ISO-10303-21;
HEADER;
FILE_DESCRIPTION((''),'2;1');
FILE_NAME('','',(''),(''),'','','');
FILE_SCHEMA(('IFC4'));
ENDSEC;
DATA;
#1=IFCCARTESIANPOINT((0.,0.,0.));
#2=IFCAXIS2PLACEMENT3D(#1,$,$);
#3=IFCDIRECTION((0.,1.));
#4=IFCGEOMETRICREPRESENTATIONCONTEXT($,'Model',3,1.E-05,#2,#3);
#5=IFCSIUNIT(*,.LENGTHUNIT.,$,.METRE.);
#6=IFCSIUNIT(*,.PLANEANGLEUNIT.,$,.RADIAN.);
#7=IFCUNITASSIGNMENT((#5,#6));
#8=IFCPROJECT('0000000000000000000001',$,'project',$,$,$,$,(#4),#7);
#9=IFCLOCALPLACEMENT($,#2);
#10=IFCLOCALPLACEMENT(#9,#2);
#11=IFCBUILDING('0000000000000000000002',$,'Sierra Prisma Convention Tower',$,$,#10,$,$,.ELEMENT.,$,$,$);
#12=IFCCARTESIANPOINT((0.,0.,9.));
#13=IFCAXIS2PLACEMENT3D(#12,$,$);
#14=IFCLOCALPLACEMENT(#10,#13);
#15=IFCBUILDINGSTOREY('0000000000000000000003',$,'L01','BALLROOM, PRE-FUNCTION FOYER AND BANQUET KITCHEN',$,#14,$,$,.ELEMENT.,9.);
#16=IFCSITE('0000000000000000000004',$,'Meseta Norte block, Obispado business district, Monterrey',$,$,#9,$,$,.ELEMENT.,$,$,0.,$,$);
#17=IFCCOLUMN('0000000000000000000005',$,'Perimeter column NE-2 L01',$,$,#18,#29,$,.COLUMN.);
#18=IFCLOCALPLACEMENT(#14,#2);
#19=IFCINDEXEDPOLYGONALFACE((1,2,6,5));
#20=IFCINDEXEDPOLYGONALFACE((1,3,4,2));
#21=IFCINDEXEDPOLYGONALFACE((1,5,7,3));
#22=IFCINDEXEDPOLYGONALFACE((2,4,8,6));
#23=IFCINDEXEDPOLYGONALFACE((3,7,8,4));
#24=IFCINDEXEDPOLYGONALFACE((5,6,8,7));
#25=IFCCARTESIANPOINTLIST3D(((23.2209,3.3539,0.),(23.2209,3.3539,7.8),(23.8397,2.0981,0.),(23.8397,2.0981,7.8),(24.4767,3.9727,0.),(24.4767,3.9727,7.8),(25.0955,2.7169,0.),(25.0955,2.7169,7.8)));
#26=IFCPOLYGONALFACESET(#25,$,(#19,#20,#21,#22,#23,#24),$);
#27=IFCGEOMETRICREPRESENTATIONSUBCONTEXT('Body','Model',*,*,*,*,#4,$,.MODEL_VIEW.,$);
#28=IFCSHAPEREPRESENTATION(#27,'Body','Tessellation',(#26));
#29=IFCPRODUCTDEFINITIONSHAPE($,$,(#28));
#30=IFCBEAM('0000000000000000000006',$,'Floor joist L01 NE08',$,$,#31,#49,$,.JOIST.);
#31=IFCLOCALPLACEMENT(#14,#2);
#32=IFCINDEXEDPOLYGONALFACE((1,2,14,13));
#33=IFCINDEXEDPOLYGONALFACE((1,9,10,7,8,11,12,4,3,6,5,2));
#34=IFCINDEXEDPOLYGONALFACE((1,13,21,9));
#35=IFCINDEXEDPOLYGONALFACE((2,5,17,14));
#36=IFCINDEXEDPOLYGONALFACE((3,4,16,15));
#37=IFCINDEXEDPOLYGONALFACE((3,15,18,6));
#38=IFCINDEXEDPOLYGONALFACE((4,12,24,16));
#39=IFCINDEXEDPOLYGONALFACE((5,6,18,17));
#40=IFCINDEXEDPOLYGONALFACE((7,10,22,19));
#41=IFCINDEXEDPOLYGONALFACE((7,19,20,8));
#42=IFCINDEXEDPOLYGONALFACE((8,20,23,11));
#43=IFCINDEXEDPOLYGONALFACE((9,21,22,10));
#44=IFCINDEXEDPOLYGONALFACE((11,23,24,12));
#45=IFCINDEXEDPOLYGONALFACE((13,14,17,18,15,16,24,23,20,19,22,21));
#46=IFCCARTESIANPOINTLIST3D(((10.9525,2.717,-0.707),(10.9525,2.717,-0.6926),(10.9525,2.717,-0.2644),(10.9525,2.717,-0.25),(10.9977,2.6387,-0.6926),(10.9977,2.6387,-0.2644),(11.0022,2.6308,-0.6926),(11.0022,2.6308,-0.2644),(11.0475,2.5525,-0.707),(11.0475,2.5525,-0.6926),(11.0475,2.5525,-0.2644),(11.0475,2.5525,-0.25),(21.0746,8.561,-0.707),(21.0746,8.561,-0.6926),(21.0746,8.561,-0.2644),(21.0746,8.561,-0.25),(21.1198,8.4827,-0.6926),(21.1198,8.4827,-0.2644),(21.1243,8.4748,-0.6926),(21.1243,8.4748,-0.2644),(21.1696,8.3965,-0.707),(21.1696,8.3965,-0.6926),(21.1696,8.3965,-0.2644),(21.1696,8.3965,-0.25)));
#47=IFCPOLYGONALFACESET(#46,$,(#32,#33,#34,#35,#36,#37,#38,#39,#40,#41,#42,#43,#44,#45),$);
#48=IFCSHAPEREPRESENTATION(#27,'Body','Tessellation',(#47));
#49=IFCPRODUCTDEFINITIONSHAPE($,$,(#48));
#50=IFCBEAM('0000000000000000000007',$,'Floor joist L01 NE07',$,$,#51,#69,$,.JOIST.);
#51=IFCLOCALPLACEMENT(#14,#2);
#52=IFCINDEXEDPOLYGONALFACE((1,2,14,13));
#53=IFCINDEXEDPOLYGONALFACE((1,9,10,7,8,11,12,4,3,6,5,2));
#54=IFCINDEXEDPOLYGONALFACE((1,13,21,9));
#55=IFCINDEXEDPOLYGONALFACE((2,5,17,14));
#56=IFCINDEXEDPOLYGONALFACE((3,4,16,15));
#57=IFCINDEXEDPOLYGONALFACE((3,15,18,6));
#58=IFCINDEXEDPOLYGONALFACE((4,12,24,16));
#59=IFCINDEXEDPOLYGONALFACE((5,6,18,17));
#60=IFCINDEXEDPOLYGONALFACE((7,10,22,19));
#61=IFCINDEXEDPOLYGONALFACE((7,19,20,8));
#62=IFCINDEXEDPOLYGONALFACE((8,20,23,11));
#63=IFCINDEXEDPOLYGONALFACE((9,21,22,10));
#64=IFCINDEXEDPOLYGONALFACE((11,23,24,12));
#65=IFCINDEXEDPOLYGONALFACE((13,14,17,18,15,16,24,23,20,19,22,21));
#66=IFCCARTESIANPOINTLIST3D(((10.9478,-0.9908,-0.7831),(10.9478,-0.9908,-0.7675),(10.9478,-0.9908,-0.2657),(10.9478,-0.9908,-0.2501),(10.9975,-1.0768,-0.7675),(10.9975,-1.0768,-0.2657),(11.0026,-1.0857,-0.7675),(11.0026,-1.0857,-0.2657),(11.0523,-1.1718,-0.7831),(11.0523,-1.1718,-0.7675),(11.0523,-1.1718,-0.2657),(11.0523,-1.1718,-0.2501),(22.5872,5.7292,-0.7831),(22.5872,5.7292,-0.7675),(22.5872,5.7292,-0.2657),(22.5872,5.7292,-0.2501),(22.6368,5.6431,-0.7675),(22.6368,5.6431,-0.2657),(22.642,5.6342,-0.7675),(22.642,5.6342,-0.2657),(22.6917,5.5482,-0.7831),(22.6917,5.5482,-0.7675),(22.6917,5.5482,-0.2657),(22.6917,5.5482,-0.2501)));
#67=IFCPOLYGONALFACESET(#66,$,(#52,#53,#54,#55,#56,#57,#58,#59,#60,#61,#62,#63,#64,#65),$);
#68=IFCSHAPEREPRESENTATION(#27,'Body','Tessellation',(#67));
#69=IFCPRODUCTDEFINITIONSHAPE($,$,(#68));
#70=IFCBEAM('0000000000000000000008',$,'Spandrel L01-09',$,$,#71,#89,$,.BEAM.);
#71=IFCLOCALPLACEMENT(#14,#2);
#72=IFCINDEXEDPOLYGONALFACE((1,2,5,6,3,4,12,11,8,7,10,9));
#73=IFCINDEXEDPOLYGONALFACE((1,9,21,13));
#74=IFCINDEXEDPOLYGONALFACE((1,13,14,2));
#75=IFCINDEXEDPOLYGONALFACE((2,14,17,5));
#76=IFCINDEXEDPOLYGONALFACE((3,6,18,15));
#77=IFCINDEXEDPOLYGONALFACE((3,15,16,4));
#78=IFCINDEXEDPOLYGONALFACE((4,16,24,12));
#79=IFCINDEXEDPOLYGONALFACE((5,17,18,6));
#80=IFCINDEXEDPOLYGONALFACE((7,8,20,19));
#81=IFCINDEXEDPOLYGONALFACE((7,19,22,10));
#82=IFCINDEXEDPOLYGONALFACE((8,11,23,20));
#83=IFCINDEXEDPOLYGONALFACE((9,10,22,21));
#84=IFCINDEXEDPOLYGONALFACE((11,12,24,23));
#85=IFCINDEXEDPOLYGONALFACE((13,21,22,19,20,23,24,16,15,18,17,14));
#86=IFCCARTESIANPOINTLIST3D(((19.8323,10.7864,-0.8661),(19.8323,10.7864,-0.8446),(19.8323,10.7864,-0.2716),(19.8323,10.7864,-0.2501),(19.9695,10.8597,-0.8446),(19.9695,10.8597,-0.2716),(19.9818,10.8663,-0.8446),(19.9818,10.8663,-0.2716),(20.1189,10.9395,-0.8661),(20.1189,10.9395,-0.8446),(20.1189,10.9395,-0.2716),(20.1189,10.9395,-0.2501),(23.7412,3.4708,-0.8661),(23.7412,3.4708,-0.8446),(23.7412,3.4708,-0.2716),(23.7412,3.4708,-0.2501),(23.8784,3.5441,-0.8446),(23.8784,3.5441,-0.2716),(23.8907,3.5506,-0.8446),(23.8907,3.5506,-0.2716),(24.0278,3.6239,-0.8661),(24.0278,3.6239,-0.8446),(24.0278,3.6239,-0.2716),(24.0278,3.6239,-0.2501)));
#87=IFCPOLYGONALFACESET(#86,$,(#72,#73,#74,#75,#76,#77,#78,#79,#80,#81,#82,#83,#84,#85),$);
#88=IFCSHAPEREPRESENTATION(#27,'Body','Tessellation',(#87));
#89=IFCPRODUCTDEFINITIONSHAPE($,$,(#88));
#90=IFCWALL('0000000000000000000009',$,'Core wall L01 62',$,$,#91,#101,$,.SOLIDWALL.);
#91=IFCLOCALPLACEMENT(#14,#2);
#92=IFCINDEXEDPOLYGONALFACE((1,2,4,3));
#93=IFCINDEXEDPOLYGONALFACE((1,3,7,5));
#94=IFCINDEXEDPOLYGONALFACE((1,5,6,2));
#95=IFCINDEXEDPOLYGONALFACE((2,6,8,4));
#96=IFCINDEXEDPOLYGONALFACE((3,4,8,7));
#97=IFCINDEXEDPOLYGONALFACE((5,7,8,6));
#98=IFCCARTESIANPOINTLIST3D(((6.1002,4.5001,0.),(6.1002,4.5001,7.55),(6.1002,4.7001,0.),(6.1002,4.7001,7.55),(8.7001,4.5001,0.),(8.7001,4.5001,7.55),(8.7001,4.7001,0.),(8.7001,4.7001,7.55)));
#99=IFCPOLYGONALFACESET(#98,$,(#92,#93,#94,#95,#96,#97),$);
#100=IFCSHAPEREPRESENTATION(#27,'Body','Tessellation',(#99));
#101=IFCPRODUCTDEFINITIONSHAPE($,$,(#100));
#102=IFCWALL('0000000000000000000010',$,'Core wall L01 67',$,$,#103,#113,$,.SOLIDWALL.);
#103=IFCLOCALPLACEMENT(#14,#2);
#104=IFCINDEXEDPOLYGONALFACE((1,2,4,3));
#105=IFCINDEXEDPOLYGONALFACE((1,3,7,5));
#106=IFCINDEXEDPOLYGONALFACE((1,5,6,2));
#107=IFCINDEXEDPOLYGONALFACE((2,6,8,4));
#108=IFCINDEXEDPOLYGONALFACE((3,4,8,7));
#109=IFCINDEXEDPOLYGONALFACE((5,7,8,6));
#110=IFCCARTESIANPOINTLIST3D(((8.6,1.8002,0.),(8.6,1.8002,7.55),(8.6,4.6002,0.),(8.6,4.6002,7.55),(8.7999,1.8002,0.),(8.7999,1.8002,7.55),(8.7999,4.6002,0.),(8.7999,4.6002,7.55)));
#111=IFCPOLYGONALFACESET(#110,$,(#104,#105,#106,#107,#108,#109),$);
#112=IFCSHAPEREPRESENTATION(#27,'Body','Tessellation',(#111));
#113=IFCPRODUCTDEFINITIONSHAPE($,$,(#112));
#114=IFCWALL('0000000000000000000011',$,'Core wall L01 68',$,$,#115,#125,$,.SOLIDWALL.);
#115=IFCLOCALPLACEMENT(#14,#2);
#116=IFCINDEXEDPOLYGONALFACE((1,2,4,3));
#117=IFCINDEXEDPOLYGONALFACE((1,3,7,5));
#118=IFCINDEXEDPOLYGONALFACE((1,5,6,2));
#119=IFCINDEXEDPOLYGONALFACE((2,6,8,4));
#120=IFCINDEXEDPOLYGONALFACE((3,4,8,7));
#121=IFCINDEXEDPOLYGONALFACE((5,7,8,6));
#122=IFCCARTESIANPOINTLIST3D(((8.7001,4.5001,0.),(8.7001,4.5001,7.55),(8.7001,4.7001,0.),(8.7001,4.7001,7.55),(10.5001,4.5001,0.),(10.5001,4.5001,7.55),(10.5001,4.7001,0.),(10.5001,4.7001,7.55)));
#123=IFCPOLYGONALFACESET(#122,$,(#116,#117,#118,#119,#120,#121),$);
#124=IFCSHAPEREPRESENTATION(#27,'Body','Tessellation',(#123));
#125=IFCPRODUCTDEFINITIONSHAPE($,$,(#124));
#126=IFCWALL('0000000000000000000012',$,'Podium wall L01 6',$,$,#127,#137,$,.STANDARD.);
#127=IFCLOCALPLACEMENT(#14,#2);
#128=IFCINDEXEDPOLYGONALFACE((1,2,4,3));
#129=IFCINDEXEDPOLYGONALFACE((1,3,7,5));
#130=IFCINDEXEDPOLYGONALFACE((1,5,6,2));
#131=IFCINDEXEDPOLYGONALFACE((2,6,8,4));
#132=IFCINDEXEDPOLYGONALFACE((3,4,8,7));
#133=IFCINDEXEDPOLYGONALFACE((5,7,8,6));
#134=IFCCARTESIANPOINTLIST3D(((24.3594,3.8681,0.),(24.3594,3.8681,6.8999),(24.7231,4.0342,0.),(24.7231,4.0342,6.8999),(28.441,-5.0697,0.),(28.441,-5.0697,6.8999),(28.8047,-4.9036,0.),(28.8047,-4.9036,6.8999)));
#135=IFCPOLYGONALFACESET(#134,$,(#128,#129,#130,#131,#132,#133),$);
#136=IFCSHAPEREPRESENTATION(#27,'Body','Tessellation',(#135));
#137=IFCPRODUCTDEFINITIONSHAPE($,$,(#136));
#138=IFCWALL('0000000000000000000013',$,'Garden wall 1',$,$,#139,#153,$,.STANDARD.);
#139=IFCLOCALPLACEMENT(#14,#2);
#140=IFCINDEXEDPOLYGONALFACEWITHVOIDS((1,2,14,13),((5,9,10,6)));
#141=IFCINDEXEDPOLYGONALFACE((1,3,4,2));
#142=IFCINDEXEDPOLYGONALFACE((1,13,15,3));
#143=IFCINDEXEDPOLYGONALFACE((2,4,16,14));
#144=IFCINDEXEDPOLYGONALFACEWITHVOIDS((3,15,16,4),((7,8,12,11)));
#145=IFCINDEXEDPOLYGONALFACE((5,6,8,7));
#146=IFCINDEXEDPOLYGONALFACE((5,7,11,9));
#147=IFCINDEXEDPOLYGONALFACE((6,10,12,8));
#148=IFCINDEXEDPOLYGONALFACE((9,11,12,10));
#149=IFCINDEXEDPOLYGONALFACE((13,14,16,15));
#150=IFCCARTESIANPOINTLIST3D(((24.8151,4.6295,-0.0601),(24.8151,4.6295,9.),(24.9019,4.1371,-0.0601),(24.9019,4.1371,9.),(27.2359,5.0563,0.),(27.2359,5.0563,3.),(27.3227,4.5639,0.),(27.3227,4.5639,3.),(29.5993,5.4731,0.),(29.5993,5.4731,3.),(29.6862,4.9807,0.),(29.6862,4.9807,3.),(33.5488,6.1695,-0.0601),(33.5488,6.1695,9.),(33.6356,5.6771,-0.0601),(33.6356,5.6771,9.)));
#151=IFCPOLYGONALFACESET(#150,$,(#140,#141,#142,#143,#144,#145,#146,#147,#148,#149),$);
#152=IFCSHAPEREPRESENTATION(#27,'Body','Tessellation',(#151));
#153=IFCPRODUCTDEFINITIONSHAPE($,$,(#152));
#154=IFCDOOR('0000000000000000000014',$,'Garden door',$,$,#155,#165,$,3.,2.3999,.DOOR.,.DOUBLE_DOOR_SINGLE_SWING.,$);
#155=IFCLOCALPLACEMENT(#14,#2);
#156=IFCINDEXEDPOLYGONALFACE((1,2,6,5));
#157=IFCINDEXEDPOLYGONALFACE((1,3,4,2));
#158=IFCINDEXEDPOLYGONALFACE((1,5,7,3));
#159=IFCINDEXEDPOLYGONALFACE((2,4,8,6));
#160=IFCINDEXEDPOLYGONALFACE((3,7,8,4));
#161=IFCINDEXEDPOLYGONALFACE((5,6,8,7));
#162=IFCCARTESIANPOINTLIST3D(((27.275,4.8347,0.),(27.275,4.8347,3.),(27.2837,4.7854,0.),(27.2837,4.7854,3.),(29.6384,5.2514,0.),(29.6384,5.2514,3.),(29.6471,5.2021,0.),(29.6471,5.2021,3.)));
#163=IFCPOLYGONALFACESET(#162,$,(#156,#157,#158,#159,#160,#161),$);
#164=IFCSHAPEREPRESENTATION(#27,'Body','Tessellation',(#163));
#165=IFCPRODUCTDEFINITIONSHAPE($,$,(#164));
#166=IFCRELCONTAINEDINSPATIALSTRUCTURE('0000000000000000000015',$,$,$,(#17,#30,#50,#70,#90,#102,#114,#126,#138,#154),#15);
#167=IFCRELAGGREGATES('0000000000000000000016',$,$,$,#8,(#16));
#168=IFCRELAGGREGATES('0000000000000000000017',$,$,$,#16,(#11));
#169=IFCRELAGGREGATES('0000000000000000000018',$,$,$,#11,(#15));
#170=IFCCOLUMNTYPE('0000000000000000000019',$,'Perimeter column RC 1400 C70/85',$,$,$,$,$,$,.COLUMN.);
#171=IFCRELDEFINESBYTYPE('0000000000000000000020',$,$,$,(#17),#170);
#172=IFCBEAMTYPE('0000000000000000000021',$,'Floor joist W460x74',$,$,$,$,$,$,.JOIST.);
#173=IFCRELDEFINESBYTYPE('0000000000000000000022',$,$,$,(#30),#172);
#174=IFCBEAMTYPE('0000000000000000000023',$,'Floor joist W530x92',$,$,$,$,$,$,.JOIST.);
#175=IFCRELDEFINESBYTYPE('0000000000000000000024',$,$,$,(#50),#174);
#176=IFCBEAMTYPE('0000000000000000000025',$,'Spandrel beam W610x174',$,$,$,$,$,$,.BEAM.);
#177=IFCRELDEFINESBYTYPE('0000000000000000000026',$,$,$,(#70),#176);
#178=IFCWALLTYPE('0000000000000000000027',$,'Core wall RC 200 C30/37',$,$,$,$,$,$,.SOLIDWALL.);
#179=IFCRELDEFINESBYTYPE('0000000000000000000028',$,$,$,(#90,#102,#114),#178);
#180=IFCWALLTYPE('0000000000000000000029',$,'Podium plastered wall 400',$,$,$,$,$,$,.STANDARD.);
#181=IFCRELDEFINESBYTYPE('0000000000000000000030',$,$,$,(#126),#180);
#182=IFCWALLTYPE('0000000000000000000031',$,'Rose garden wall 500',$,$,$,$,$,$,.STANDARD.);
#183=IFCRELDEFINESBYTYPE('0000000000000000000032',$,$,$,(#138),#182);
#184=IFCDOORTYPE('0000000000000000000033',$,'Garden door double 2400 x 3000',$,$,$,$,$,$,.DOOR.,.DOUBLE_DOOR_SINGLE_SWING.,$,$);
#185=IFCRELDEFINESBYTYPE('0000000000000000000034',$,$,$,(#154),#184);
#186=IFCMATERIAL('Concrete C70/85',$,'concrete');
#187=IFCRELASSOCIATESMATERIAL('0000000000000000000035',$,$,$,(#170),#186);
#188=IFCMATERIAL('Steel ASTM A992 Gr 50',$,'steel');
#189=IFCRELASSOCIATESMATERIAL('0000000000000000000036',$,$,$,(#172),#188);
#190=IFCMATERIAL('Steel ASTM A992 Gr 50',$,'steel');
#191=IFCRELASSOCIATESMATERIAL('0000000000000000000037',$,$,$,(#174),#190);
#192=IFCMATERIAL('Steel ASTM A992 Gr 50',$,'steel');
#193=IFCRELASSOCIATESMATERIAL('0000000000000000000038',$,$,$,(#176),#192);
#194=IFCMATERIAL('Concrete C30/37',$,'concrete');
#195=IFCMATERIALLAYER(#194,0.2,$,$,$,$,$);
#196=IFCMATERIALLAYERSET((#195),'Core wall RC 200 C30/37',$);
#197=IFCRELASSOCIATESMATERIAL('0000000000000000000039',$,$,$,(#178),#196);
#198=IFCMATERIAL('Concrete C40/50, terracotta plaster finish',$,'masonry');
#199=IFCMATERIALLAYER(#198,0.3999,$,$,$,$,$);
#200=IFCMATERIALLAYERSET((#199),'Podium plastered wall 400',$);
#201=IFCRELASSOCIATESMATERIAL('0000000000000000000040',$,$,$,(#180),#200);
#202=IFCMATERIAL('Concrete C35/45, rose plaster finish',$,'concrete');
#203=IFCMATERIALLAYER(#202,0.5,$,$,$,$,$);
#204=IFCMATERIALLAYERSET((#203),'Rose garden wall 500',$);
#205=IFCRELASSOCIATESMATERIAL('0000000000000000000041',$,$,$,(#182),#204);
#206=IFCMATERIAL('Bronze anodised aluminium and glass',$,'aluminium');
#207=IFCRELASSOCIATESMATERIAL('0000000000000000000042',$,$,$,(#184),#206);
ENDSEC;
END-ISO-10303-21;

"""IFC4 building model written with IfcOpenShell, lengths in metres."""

from ifc_helpers import new_model, si_unit, direction, frame, frame_2d, origin, origin_2d, place, context, subcontext, project, spatial, rectangle, i_section, extrude, material, layer, layer_set, material_profile, profile_set, type_object, element, fill, save


model = new_model("IFC4")

# Units and contexts
model_context = context("Model", 3, precision=1e-05, world=origin(), true_north=direction((0.0, 1.0)))
body_context = subcontext(model_context, "Body", "Model", "MODEL_VIEW")
ifc_project = project(units=[si_unit("LENGTHUNIT", "METRE"), si_unit("PLANEANGLEUNIT", "RADIAN")], contexts=[model_context])

# Site, building, storey
site_placement = place(None, origin())
site = spatial("IfcSite", under=ifc_project, at=site_placement, Name="Meseta Norte block, Obispado business district, Monterrey", CompositionType="ELEMENT", RefElevation=0.0)
building_placement = place(site_placement, origin())
building = spatial("IfcBuilding", under=site, at=building_placement, Name="Sierra Prisma Convention Tower", CompositionType="ELEMENT")
storey_placement = place(building_placement, frame((0.0, 0.0, 9.0)))
storey = spatial("IfcBuildingStorey", under=building, at=storey_placement, Name="L01", Description="BALLROOM, PRE-FUNCTION FOYER AND BANQUET KITCHEN", CompositionType="ELEMENT", Elevation=9.0)

# Column
ifc_material_1 = material(Name="Concrete C70/85", Category="concrete")
ifc_material_profile_1 = material_profile(ifc_material_1, rectangle(XDim=1.3999, YDim=1.3999, at=origin_2d()), Name="Perimeter column RC 1400 C70/85")
ifc_profile_set_1 = profile_set([ifc_material_profile_1], Name="Concrete C70/85")
column_type = type_object("IfcColumnType", Name="Perimeter column RC 1400 C70/85", PredefinedType="COLUMN", material=ifc_profile_set_1)
column_placement = place(storey_placement, frame((24.1582, 3.0354, 0.0), z_axis=(0.0, 0.0, 1.0), x_axis=(-0.442023, 0.897004, 0.0)))
element("IfcColumn", 1, at=column_placement, inside=storey, type_object=column_type, Name="Perimeter column NE-2 L01", PredefinedType="COLUMN", context=body_context, shape_type="SweptSolid", body=[
    extrude(rectangle(XDim=1.3999, YDim=1.3999, at=origin_2d()), origin(), (0.0, 0.0, 1.0), 7.8),
])

# Beams
ifc_material_2 = material(Name="Steel ASTM A992 Gr 50", Category="steel")
ifc_material_profile_2 = material_profile(ifc_material_2, i_section(OverallWidth=0.1899, OverallDepth=0.457, WebThickness=0.009, FlangeThickness=0.0144, at=origin_2d()), Name="W460x74")
ifc_profile_set_2 = profile_set([ifc_material_profile_2], Name="Steel ASTM A992 Gr 50")
beam_type_1 = type_object("IfcBeamType", Name="Floor joist W460x74", PredefinedType="JOIST", material=ifc_profile_set_2)
beam_1_placement = place(storey_placement, frame((21.1221, 8.4788, -0.4785), z_axis=(-0.866025, -0.500001, 0.0), x_axis=(0.500001, -0.866025, 0.0)))
element("IfcBeam", 2, at=beam_1_placement, inside=storey, type_object=beam_type_1, Name="Floor joist L01 NE08", PredefinedType="JOIST", context=body_context, shape_type="SweptSolid", body=[
    extrude(i_section(OverallWidth=0.1899, OverallDepth=0.457, WebThickness=0.009, FlangeThickness=0.0144, at=origin_2d()), origin(), (0.0, 0.0, 1.0), 11.688),
])
ifc_material_3 = material(Name="Steel ASTM A992 Gr 50", Category="steel")
ifc_material_profile_3 = material_profile(ifc_material_3, i_section(OverallWidth=0.209, OverallDepth=0.533, WebThickness=0.0103, FlangeThickness=0.0156, at=origin_2d()), Name="W530x92")
ifc_profile_set_3 = profile_set([ifc_material_profile_3], Name="Steel ASTM A992 Gr 50")
beam_type_2 = type_object("IfcBeamType", Name="Floor joist W530x92", PredefinedType="JOIST", material=ifc_profile_set_3)
beam_2_placement = place(storey_placement, frame((22.6394, 5.6387, -0.5166), z_axis=(-0.866027, -0.499998, 0.0), x_axis=(0.499998, -0.866027, 0.0)))
element("IfcBeam", 3, at=beam_2_placement, inside=storey, type_object=beam_type_2, Name="Floor joist L01 NE07", PredefinedType="JOIST", context=body_context, shape_type="SweptSolid", body=[
    extrude(i_section(OverallWidth=0.209, OverallDepth=0.533, WebThickness=0.0103, FlangeThickness=0.0156, at=origin_2d()), origin(), (0.0, 0.0, 1.0), 13.4399),
])
ifc_material_4 = material(Name="Steel ASTM A992 Gr 50", Category="steel")
ifc_material_profile_4 = material_profile(ifc_material_4, i_section(OverallWidth=0.325, OverallDepth=0.616, WebThickness=0.0139, FlangeThickness=0.0215, at=origin_2d()), Name="W610x174")
ifc_profile_set_4 = profile_set([ifc_material_profile_4], Name="Steel ASTM A992 Gr 50")
beam_type_3 = type_object("IfcBeamType", Name="Spandrel beam W610x174", PredefinedType="BEAM", material=ifc_profile_set_4)
beam_3_placement = place(storey_placement, frame((23.8845, 3.5474, -0.5581), z_axis=(-0.471268, 0.88199, 0.0), x_axis=(-0.88199, -0.471268, 0.0)))
element("IfcBeam", 4, at=beam_3_placement, inside=storey, type_object=beam_type_3, Name="Spandrel L01-09", PredefinedType="BEAM", context=body_context, shape_type="SweptSolid", body=[
    extrude(i_section(OverallWidth=0.325, OverallDepth=0.616, WebThickness=0.0139, FlangeThickness=0.0215, at=origin_2d()), origin(), (0.0, 0.0, 1.0), 8.2944),
])

# Wall
ifc_material_5 = material(Name="Concrete C30/37", Category="concrete")
ifc_layer_1 = layer(ifc_material_5, 0.2)
ifc_layer_set_1 = layer_set([ifc_layer_1], Name="Core wall RC 200 C30/37")
wall_type_1 = type_object("IfcWallType", Name="Core wall RC 200 C30/37", PredefinedType="SOLIDWALL", material=ifc_layer_set_1)
wall_1_placement = place(storey_placement, frame((8.7, 4.6001, 0.0), z_axis=(0.0, 0.0, 1.0), x_axis=(-1.0, 0.0, 0.0)))
element("IfcWall", 5, at=wall_1_placement, inside=storey, type_object=wall_type_1, Name="Core wall L01 62", PredefinedType="SOLIDWALL", context=body_context, shape_type="SweptSolid", body=[
    extrude(rectangle(XDim=2.5999, YDim=0.2, at=frame_2d((1.2998, 0.0))), origin(), (0.0, 0.0, 1.0), 7.55),
])

# Walls
wall_2_placement = place(storey_placement, frame((8.7, 4.6001, 0.0), z_axis=(0.0, 0.0, 1.0), x_axis=(0.0, -1.0, 0.0)))
element("IfcWall", 6, at=wall_2_placement, inside=storey, type_object=wall_type_1, Name="Core wall L01 67", PredefinedType="SOLIDWALL", context=body_context, shape_type="SweptSolid", body=[
    extrude(rectangle(XDim=2.8, YDim=0.2, at=frame_2d((1.3999, 0.0))), origin(), (0.0, 0.0, 1.0), 7.55),
])
wall_3_placement = place(storey_placement, frame((10.5, 4.6001, 0.0), z_axis=(0.0, 0.0, 1.0), x_axis=(-1.0, 0.0, 0.0)))
element("IfcWall", 7, at=wall_3_placement, inside=storey, type_object=wall_type_1, Name="Core wall L01 68", PredefinedType="SOLIDWALL", context=body_context, shape_type="SweptSolid", body=[
    extrude(rectangle(XDim=1.8, YDim=0.2, at=frame_2d((0.8999, 0.0))), origin(), (0.0, 0.0, 1.0), 7.55),
])
ifc_material_6 = material(Name="Concrete C40/50, terracotta plaster finish", Category="masonry")
ifc_layer_2 = layer(ifc_material_6, 0.3999)
ifc_layer_set_2 = layer_set([ifc_layer_2], Name="Podium plastered wall 400")
wall_type_2 = type_object("IfcWallType", Name="Podium plastered wall 400", PredefinedType="STANDARD", material=ifc_layer_set_2)
wall_4_placement = place(storey_placement, frame((24.5413, 3.9512, 0.0), z_axis=(0.0, 0.0, 1.0), x_axis=(0.415399, -0.909639, 0.0)))
element("IfcWall", 8, at=wall_4_placement, inside=storey, type_object=wall_type_2, Name="Podium wall L01 6", PredefinedType="STANDARD", context=body_context, shape_type="SweptSolid", body=[
    extrude(rectangle(XDim=9.8257, YDim=0.3999, at=frame_2d((4.9128, 0.0))), origin(), (0.0, 0.0, 1.0), 6.8999),
])

# Wall, opening, door
ifc_material_7 = material(Name="Concrete C35/45, rose plaster finish", Category="concrete")
ifc_layer_3 = layer(ifc_material_7, 0.5)
ifc_layer_set_3 = layer_set([ifc_layer_3], Name="Rose garden wall 500")
wall_type_3 = type_object("IfcWallType", Name="Rose garden wall 500", PredefinedType="STANDARD", material=ifc_layer_set_3)
wall_5_placement = place(storey_placement, frame((24.8586, 4.3833, -0.0601), z_axis=(0.0, 0.0, 1.0), x_axis=(0.984807, 0.173655, 0.0)))
wall_5 = element("IfcWall", 9, at=wall_5_placement, inside=storey, type_object=wall_type_3, Name="Garden wall 1", PredefinedType="STANDARD", context=body_context, shape_type="SweptSolid", body=[
    extrude(rectangle(XDim=8.8684, YDim=0.5, at=frame_2d((4.4341, 0.0))), origin(), (0.0, 0.0, 1.0), 9.0601),
])
opening_1_placement = place(wall_5_placement, frame((2.458, 0.0, 0.0601)))
opening_1 = element("IfcOpeningElement", 10, at=opening_1_placement, cuts=wall_5, PredefinedType="OPENING", context=body_context, shape_type="SweptSolid", body=[
    extrude(rectangle(XDim=2.3999, YDim=3.0, at=frame_2d((1.2, 1.5))), frame((0.0, 0.25, 0.0), z_axis=(0.0, -1.0, 0.0), x_axis=(1.0, 0.0, 0.0)), (0.0, 0.0, 1.0), 0.5),
])
ifc_material_8 = material(Name="Bronze anodised aluminium and glass", Category="aluminium")
door_type_1 = type_object("IfcDoorType", Name="Garden door double 2400 x 3000", OperationType="DOUBLE_DOOR_SINGLE_SWING", PredefinedType="DOOR", material=ifc_material_8)
door_1_placement = place(opening_1_placement, origin())
door_1 = element("IfcDoor", 11, at=door_1_placement, inside=storey, type_object=door_type_1, Name="Garden door", OperationType="DOUBLE_DOOR_SINGLE_SWING", OverallHeight=3.0, OverallWidth=2.3999, PredefinedType="DOOR", context=body_context, shape_type="SweptSolid", body=[
    extrude(rectangle(XDim=2.3999, YDim=3.0, at=frame_2d((1.2, 1.5))), frame((0.0, 0.0249, 0.0), z_axis=(0.0, -1.0, 0.0), x_axis=(1.0, 0.0, 0.0)), (0.0, 0.0, 1.0), 0.05),
])
fill(opening_1, door_1)

save(model, "model.ifc")
